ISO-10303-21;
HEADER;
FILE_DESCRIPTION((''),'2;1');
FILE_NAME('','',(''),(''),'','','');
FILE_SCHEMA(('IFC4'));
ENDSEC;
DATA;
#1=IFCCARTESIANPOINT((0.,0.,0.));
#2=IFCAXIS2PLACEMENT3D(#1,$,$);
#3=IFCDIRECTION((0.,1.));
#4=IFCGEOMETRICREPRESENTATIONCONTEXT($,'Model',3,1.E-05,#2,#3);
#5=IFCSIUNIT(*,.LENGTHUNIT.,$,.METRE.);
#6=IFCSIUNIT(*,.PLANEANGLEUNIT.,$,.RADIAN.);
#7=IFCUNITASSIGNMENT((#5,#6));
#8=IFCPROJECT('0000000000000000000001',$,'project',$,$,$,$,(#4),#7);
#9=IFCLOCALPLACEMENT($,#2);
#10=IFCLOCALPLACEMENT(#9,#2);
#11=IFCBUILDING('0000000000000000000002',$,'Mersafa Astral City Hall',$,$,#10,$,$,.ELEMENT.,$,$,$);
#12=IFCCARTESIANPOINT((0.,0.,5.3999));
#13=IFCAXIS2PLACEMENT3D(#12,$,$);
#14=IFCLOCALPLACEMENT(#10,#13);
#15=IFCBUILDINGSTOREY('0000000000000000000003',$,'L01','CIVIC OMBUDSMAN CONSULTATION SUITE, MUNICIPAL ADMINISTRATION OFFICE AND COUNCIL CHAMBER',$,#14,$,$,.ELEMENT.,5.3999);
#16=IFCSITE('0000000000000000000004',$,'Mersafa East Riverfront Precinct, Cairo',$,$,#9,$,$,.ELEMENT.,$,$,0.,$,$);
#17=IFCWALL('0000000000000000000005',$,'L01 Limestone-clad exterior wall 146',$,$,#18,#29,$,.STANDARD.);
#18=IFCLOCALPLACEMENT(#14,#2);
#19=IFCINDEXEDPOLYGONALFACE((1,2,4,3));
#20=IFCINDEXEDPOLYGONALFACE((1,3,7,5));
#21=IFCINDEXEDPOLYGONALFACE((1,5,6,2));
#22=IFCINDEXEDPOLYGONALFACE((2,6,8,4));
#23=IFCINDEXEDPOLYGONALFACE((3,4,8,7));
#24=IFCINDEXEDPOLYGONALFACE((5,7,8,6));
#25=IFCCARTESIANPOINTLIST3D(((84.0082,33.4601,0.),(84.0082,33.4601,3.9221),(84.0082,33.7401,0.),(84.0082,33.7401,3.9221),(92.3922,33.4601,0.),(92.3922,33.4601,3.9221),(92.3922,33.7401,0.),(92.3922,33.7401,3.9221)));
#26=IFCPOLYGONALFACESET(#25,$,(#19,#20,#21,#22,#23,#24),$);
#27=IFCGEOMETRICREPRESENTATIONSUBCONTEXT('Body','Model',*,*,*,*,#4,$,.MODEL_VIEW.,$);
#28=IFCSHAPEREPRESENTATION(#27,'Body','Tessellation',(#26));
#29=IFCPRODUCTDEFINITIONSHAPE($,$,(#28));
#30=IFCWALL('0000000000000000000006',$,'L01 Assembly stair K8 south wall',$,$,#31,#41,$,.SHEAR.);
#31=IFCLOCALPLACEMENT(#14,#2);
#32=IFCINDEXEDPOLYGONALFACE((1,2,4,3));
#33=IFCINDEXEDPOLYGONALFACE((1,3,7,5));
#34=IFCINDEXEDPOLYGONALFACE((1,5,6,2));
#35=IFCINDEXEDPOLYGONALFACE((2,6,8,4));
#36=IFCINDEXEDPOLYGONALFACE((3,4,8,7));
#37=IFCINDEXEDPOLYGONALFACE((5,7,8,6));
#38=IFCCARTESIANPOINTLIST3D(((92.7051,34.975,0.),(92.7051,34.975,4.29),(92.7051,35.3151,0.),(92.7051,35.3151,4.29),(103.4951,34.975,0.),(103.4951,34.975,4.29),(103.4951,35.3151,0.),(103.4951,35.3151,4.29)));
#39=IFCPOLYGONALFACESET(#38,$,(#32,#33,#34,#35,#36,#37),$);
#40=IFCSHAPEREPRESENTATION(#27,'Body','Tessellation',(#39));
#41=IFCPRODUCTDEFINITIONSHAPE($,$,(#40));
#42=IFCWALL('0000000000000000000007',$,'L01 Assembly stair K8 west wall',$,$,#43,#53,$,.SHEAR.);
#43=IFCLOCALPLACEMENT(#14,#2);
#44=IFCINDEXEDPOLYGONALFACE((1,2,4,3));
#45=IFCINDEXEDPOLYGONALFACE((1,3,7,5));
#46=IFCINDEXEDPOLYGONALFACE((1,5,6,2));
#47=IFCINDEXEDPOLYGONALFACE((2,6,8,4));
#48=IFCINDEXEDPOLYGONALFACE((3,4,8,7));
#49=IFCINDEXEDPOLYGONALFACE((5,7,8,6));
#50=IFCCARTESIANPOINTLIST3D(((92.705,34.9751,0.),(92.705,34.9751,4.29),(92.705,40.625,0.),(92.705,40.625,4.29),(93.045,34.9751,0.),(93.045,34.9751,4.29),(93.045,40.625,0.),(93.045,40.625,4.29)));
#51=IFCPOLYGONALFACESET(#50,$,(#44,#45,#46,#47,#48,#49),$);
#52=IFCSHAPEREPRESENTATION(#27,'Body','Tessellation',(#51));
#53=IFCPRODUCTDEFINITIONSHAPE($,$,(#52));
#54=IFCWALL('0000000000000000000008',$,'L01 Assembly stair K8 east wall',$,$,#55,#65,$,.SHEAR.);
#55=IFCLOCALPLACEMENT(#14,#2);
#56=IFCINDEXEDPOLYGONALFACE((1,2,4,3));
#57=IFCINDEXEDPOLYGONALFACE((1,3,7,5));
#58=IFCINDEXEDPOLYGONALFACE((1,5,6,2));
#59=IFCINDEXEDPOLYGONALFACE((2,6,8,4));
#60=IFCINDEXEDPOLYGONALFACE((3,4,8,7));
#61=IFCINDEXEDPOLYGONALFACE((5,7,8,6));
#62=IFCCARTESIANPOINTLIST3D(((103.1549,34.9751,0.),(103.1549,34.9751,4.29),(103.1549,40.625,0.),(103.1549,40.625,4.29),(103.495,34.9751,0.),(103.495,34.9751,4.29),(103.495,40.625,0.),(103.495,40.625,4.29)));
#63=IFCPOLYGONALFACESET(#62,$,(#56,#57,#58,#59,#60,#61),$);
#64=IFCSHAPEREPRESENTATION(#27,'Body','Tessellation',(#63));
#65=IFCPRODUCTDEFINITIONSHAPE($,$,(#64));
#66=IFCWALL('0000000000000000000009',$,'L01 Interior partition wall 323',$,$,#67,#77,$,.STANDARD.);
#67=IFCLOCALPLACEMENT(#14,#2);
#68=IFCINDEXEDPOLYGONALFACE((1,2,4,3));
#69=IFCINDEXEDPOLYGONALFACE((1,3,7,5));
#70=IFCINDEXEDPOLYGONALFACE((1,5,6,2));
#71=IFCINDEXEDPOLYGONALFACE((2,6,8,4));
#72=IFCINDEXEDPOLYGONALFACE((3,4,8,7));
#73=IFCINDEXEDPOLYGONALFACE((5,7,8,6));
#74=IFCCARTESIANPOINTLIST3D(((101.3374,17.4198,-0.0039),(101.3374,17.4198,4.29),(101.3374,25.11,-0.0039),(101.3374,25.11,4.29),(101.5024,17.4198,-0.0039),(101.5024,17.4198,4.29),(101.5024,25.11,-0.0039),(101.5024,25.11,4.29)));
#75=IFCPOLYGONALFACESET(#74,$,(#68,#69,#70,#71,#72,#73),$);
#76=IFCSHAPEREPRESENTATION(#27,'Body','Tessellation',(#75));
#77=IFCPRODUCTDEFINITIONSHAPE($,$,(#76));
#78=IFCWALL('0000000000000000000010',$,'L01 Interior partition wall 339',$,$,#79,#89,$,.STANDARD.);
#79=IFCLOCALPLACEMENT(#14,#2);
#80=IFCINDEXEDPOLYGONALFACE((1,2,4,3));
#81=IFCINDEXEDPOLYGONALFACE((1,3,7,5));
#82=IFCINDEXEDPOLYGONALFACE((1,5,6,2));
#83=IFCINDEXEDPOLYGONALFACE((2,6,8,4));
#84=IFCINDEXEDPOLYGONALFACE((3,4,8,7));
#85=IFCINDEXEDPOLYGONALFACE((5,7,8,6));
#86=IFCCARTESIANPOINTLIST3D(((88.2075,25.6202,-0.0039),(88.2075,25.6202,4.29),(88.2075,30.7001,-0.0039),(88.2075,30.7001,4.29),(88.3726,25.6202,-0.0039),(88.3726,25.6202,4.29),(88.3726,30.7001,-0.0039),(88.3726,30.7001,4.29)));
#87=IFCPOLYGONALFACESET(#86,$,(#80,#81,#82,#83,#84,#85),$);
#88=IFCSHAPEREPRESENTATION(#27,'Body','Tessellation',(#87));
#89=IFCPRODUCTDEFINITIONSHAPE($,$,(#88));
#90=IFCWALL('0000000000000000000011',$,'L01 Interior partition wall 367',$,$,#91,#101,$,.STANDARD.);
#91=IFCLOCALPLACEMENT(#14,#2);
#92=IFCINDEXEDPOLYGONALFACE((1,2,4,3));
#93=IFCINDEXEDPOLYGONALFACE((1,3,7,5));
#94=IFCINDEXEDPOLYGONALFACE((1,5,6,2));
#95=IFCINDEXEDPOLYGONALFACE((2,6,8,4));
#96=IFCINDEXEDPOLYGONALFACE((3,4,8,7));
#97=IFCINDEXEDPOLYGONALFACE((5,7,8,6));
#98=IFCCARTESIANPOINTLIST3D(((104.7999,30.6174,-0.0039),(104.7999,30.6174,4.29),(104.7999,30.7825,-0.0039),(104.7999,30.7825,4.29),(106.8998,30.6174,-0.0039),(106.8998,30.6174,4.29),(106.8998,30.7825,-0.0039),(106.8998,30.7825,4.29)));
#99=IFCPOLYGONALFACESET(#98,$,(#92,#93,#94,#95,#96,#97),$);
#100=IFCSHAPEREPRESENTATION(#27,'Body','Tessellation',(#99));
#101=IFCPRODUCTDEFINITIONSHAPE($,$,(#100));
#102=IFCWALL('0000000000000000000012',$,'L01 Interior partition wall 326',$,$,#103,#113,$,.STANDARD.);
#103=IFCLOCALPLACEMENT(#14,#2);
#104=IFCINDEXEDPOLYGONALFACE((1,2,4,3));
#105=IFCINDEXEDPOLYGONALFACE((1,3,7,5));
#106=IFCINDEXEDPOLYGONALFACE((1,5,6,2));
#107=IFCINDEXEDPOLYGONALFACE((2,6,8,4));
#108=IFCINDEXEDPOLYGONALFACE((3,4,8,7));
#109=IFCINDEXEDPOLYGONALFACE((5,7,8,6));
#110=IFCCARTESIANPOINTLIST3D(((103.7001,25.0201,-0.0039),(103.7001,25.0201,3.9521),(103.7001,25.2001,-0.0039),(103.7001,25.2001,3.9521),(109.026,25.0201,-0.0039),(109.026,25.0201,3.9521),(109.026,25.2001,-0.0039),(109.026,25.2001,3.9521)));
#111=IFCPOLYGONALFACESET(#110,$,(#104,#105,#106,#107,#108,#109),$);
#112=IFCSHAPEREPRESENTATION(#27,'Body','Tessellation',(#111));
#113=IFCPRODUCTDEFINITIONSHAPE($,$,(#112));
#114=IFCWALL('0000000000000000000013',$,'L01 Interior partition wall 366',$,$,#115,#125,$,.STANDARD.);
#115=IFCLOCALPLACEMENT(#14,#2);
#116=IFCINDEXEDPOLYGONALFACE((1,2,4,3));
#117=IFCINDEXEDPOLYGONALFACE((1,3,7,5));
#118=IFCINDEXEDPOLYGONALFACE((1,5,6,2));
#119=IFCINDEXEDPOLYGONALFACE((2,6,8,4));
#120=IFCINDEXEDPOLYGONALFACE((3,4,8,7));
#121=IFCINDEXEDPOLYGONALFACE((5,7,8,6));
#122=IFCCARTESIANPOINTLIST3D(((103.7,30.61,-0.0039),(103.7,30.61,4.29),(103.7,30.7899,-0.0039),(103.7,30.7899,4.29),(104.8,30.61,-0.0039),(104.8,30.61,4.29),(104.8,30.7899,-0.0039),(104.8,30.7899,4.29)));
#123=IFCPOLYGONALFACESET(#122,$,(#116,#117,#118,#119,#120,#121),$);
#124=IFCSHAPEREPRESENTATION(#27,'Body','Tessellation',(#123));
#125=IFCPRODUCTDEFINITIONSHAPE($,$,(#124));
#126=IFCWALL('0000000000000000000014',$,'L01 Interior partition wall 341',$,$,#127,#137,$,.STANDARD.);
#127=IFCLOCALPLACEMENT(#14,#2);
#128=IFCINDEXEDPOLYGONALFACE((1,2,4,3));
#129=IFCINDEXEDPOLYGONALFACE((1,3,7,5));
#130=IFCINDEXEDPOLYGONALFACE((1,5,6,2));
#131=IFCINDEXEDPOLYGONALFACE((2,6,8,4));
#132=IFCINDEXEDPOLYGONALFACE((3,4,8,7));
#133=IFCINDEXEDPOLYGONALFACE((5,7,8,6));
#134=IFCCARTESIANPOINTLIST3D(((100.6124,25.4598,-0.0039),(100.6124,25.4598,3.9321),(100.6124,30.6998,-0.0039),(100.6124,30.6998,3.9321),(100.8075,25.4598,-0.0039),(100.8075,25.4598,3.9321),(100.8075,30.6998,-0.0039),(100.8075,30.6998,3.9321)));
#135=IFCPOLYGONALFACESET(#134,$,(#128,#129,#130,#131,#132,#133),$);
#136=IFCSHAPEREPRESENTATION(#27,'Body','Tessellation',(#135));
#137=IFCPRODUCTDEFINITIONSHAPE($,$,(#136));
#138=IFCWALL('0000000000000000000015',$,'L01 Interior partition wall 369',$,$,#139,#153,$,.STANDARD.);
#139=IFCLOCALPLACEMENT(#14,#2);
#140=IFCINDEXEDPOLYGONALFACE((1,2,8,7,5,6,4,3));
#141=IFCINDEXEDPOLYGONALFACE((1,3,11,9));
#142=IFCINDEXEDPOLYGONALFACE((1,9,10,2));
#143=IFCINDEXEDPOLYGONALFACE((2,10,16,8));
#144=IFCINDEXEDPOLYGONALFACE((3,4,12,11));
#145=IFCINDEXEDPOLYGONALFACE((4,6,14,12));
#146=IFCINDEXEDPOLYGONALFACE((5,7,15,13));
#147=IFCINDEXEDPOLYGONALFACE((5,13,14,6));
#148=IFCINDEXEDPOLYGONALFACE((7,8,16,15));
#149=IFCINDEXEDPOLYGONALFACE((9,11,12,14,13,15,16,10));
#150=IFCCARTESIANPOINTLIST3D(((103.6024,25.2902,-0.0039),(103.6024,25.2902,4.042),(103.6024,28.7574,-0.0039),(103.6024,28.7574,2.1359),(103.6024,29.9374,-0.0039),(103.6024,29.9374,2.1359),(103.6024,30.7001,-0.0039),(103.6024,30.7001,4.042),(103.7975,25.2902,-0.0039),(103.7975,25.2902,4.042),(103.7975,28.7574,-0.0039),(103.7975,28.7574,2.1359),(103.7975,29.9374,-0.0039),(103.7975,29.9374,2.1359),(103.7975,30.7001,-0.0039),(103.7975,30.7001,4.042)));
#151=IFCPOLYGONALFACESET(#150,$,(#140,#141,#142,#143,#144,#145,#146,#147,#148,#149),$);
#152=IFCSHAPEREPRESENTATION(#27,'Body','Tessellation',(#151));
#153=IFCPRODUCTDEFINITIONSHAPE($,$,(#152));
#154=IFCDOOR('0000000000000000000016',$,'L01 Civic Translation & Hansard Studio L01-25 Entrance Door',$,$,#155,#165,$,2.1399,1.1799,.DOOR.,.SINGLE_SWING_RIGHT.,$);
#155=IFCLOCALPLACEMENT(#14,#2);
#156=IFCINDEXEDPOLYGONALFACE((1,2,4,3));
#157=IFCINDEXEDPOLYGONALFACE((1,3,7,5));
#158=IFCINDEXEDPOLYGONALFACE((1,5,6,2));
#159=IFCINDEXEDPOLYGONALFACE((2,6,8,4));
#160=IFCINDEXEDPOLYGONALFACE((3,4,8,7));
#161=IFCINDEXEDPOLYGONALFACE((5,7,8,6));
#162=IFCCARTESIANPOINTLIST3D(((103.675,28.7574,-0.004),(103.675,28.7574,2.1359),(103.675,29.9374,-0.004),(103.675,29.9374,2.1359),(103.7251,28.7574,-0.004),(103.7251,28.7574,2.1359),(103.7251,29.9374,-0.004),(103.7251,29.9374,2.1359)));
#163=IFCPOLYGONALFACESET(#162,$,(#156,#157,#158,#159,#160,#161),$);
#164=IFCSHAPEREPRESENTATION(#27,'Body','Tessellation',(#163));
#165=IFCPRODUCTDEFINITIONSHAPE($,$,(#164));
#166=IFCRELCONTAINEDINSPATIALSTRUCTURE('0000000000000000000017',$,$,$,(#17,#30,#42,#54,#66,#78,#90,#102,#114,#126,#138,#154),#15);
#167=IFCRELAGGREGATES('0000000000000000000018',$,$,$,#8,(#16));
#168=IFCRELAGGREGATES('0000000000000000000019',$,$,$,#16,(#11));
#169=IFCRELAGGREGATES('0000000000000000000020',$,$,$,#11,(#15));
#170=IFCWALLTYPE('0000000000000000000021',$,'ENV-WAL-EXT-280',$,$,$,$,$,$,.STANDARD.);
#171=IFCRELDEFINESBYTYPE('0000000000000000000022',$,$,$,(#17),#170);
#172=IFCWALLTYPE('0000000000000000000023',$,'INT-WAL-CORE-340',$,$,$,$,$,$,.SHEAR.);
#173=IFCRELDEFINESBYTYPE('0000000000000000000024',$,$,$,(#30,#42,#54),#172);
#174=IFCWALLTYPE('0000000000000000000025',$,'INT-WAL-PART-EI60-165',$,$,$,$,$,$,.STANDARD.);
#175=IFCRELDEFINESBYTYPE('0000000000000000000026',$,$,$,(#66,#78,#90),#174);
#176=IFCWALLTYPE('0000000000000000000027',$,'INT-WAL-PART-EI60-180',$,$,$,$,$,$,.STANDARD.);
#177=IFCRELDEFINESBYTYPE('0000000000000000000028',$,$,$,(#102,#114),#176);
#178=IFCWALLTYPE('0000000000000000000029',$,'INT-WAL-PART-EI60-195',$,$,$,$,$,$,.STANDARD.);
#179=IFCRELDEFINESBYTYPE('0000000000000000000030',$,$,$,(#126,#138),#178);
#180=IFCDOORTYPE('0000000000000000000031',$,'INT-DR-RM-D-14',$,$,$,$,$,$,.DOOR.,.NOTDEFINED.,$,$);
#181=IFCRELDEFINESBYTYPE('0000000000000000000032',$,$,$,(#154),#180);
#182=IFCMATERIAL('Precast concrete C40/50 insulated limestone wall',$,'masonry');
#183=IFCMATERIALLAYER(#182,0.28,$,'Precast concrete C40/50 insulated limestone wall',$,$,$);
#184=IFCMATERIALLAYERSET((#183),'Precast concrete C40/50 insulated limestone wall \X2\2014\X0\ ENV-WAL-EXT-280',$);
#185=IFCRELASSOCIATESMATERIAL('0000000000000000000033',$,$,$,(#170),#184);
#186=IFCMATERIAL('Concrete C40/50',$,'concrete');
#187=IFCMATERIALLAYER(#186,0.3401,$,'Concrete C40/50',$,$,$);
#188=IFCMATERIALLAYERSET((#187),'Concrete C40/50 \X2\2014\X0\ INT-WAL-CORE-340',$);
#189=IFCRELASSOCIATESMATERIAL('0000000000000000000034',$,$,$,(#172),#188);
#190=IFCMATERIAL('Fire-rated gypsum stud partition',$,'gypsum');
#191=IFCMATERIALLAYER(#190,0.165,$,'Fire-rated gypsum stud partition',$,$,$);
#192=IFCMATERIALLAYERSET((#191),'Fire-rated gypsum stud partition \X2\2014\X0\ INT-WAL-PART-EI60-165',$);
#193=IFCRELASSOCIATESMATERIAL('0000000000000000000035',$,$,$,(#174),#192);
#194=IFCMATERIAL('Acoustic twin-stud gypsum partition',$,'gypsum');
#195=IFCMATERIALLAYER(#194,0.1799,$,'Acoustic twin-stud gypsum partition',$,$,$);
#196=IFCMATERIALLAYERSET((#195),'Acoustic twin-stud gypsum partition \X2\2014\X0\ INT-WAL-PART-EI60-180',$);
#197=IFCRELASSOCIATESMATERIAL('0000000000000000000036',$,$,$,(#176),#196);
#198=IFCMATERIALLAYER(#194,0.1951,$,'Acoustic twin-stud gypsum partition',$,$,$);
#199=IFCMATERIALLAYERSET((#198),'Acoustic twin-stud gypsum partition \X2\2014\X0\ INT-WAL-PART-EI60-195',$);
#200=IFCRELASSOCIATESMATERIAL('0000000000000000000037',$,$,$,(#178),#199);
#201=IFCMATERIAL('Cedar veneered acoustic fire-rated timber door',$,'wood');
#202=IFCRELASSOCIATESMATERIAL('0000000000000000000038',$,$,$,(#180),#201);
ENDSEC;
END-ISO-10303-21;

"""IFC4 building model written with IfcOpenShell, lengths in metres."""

from ifc_helpers import new_model, si_unit, direction, frame, frame_2d, origin, place, context, subcontext, project, spatial, rectangle, extrude, material, layer, layer_set, type_object, element, fill, save


model = new_model("IFC4")

# Units and contexts
model_context = context("Model", 3, precision=1e-05, world=origin(), true_north=direction((0.0, 1.0)))
body_context = subcontext(model_context, "Body", "Model", "MODEL_VIEW")
ifc_project = project(units=[si_unit("LENGTHUNIT", "METRE"), si_unit("PLANEANGLEUNIT", "RADIAN")], contexts=[model_context])

# Site, building, storey
site_placement = place(None, origin())
site = spatial("IfcSite", under=ifc_project, at=site_placement, Name="Mersafa East Riverfront Precinct, Cairo", CompositionType="ELEMENT", RefElevation=0.0)
building_placement = place(site_placement, origin())
building = spatial("IfcBuilding", under=site, at=building_placement, Name="Mersafa Astral City Hall", CompositionType="ELEMENT")
storey_placement = place(building_placement, frame((0.0, 0.0, 5.3999)))
storey = spatial("IfcBuildingStorey", under=building, at=storey_placement, Name="L01", Description="CIVIC OMBUDSMAN CONSULTATION SUITE, MUNICIPAL ADMINISTRATION OFFICE AND COUNCIL CHAMBER", CompositionType="ELEMENT", Elevation=5.3999)

# Shared definitions
ifc_material_1 = material(Name="Concrete C40/50", Category="concrete")

# Walls
ifc_material_2 = material(Name="Precast concrete C40/50 insulated limestone wall", Category="masonry")
ifc_layer_1 = layer(ifc_material_2, 0.28, Name="Precast concrete C40/50 insulated limestone wall")
ifc_layer_set_1 = layer_set([ifc_layer_1], Name="Precast concrete C40/50 insulated limestone wall — ENV-WAL-EXT-280")
wall_type_1 = type_object("IfcWallType", Name="ENV-WAL-EXT-280", PredefinedType="STANDARD", material=ifc_layer_set_1)
wall_1_placement = place(storey_placement, frame((92.3921, 33.6001, 0.0), z_axis=(0.0, 0.0, 1.0), x_axis=(-1.0, 0.0, 0.0)))
element("IfcWall", 1, at=wall_1_placement, inside=storey, type_object=wall_type_1, Name="L01 Limestone-clad exterior wall 146", PredefinedType="STANDARD", context=body_context, shape_type="SweptSolid", body=[
    extrude(rectangle(XDim=8.384, YDim=0.28, at=frame_2d((4.1919, 0.0))), origin(), (0.0, 0.0, 1.0), 3.9221),
])
ifc_layer_2 = layer(ifc_material_1, 0.3401, Name="Concrete C40/50")
ifc_layer_set_2 = layer_set([ifc_layer_2], Name="Concrete C40/50 — INT-WAL-CORE-340")
wall_type_2 = type_object("IfcWallType", Name="INT-WAL-CORE-340", PredefinedType="SHEAR", material=ifc_layer_set_2)
wall_2_placement = place(storey_placement, frame((92.7051, 35.145, 0.0), z_axis=(0.0, 0.0, 1.0), x_axis=(1.0, 0.0, 0.0)))
element("IfcWall", 2, at=wall_2_placement, inside=storey, type_object=wall_type_2, Name="L01 Assembly stair K8 south wall", PredefinedType="SHEAR", context=body_context, shape_type="SweptSolid", body=[
    extrude(rectangle(XDim=10.79, YDim=0.3401, at=frame_2d((5.395, 0.0))), origin(), (0.0, 0.0, 1.0), 4.29),
])
for number, where, z_axis, x_axis, name in (
    (3, (92.875, 34.9751, 0.0), (0.0, 0.0, 1.0), (0.0, 1.0, 0.0), "L01 Assembly stair K8 west wall"),
    (4, (103.325, 34.9751, 0.0), (0.0, 0.0, 1.0), (0.0, 1.0, 0.0), "L01 Assembly stair K8 east wall"),
):
    element("IfcWall", number, at=place(storey_placement, frame(where, z_axis=z_axis, x_axis=x_axis)), inside=storey, type_object=wall_type_2, Name=name, PredefinedType="SHEAR", context=body_context, shape_type="SweptSolid", body=[
        extrude(rectangle(XDim=5.6499, YDim=0.3401, at=frame_2d((2.825, 0.0))), origin(), (0.0, 0.0, 1.0), 4.29),
    ])
ifc_material_3 = material(Name="Fire-rated gypsum stud partition", Category="gypsum")
ifc_layer_3 = layer(ifc_material_3, 0.165, Name="Fire-rated gypsum stud partition")
ifc_layer_set_3 = layer_set([ifc_layer_3], Name="Fire-rated gypsum stud partition — INT-WAL-PART-EI60-165")
wall_type_3 = type_object("IfcWallType", Name="INT-WAL-PART-EI60-165", PredefinedType="STANDARD", material=ifc_layer_set_3)
wall_3_placement = place(storey_placement, frame((101.4199, 25.1101, -0.0039), z_axis=(0.0, 0.0, 1.0), x_axis=(0.0, -1.0, 0.0)))
element("IfcWall", 5, at=wall_3_placement, inside=storey, type_object=wall_type_3, Name="L01 Interior partition wall 323", PredefinedType="STANDARD", context=body_context, shape_type="SweptSolid", body=[
    extrude(rectangle(XDim=7.6902, YDim=0.165, at=frame_2d((3.8452, 0.0))), origin(), (0.0, 0.0, 1.0), 4.2939),
])
wall_4_placement = place(storey_placement, frame((88.29, 25.6201, -0.0039), z_axis=(0.0, 0.0, 1.0), x_axis=(0.0, 1.0, 0.0)))
element("IfcWall", 6, at=wall_4_placement, inside=storey, type_object=wall_type_3, Name="L01 Interior partition wall 339", PredefinedType="STANDARD", context=body_context, shape_type="SweptSolid", body=[
    extrude(rectangle(XDim=5.0798, YDim=0.165, at=frame_2d((2.54, 0.0))), origin(), (0.0, 0.0, 1.0), 4.2939),
])
wall_5_placement = place(storey_placement, frame((104.8, 30.7, -0.0039), z_axis=(0.0, 0.0, 1.0), x_axis=(1.0, 0.0, 0.0)))
element("IfcWall", 7, at=wall_5_placement, inside=storey, type_object=wall_type_3, Name="L01 Interior partition wall 367", PredefinedType="STANDARD", context=body_context, shape_type="SweptSolid", body=[
    extrude(rectangle(XDim=2.0999, YDim=0.165, at=frame_2d((1.0498, 0.0))), origin(), (0.0, 0.0, 1.0), 4.2939),
])
ifc_material_4 = material(Name="Acoustic twin-stud gypsum partition", Category="gypsum")
ifc_layer_4 = layer(ifc_material_4, 0.1799, Name="Acoustic twin-stud gypsum partition")
ifc_layer_set_4 = layer_set([ifc_layer_4], Name="Acoustic twin-stud gypsum partition — INT-WAL-PART-EI60-180")
wall_type_4 = type_object("IfcWallType", Name="INT-WAL-PART-EI60-180", PredefinedType="STANDARD", material=ifc_layer_set_4)
wall_6_placement = place(storey_placement, frame((103.7, 25.1101, -0.0039), z_axis=(0.0, 0.0, 1.0), x_axis=(1.0, 0.0, 0.0)))
element("IfcWall", 8, at=wall_6_placement, inside=storey, type_object=wall_type_4, Name="L01 Interior partition wall 326", PredefinedType="STANDARD", context=body_context, shape_type="SweptSolid", body=[
    extrude(rectangle(XDim=5.3259, YDim=0.1799, at=frame_2d((2.6631, 0.0))), origin(), (0.0, 0.0, 1.0), 3.9561),
])
wall_7_placement = place(storey_placement, frame((103.7, 30.7, -0.0039), z_axis=(0.0, 0.0, 1.0), x_axis=(1.0, 0.0, 0.0)))
element("IfcWall", 9, at=wall_7_placement, inside=storey, type_object=wall_type_4, Name="L01 Interior partition wall 366", PredefinedType="STANDARD", context=body_context, shape_type="SweptSolid", body=[
    extrude(rectangle(XDim=1.1001, YDim=0.1799, at=frame_2d((0.55, 0.0))), origin(), (0.0, 0.0, 1.0), 4.2939),
])
ifc_layer_5 = layer(ifc_material_4, 0.1951, Name="Acoustic twin-stud gypsum partition")
ifc_layer_set_5 = layer_set([ifc_layer_5], Name="Acoustic twin-stud gypsum partition — INT-WAL-PART-EI60-195")
wall_type_5 = type_object("IfcWallType", Name="INT-WAL-PART-EI60-195", PredefinedType="STANDARD", material=ifc_layer_set_5)
wall_8_placement = place(storey_placement, frame((100.71, 30.7, -0.0039), z_axis=(0.0, 0.0, 1.0), x_axis=(0.0, -1.0, 0.0)))
element("IfcWall", 10, at=wall_8_placement, inside=storey, type_object=wall_type_5, Name="L01 Interior partition wall 341", PredefinedType="STANDARD", context=body_context, shape_type="SweptSolid", body=[
    extrude(rectangle(XDim=5.24, YDim=0.1951, at=frame_2d((2.6201, 0.0))), origin(), (0.0, 0.0, 1.0), 3.936),
])

# Wall, opening, door
wall_9_placement = place(storey_placement, frame((103.7, 25.29, -0.0039), z_axis=(0.0, 0.0, 1.0), x_axis=(0.0, 1.0, 0.0)))
wall_9 = element("IfcWall", 11, at=wall_9_placement, inside=storey, type_object=wall_type_5, Name="L01 Interior partition wall 369", PredefinedType="STANDARD", context=body_context, shape_type="SweptSolid", body=[
    extrude(rectangle(XDim=5.4099, YDim=0.1951, at=frame_2d((2.7051, 0.0))), origin(), (0.0, 0.0, 1.0), 4.0459),
])
opening_1_placement = place(wall_9_placement, frame((3.4675, 0.0, 0.0)))
opening_1 = element("IfcOpeningElement", 12, at=opening_1_placement, cuts=wall_9, PredefinedType="OPENING", context=body_context, shape_type="SweptSolid", body=[
    extrude(rectangle(XDim=1.1799, YDim=2.1399, at=frame_2d((0.5898, 1.0698))), frame((0.0, 0.1074, 0.0), z_axis=(0.0, -1.0, 0.0), x_axis=(1.0, 0.0, 0.0)), (0.0, 0.0, 1.0), 0.2151),
])
ifc_material_5 = material(Name="Cedar veneered acoustic fire-rated timber door", Category="wood")
door_type_1 = type_object("IfcDoorType", Name="INT-DR-RM-D-14", OperationType="NOTDEFINED", PredefinedType="DOOR", material=ifc_material_5)
door_1_placement = place(opening_1_placement, origin())
door_1 = element("IfcDoor", 13, at=door_1_placement, inside=storey, type_object=door_type_1, Name="L01 Civic Translation & Hansard Studio L01-25 Entrance Door", OperationType="SINGLE_SWING_RIGHT", OverallHeight=2.1399, OverallWidth=1.1799, PredefinedType="DOOR", context=body_context, shape_type="SweptSolid", body=[
    extrude(rectangle(XDim=1.1799, YDim=2.1399, at=frame_2d((0.5898, 1.0698))), frame((0.0, 0.0249, 0.0), z_axis=(0.0, -1.0, 0.0), x_axis=(1.0, 0.0, 0.0)), (0.0, 0.0, 1.0), 0.05),
])
fill(opening_1, door_1)

save(model, "model.ifc")
